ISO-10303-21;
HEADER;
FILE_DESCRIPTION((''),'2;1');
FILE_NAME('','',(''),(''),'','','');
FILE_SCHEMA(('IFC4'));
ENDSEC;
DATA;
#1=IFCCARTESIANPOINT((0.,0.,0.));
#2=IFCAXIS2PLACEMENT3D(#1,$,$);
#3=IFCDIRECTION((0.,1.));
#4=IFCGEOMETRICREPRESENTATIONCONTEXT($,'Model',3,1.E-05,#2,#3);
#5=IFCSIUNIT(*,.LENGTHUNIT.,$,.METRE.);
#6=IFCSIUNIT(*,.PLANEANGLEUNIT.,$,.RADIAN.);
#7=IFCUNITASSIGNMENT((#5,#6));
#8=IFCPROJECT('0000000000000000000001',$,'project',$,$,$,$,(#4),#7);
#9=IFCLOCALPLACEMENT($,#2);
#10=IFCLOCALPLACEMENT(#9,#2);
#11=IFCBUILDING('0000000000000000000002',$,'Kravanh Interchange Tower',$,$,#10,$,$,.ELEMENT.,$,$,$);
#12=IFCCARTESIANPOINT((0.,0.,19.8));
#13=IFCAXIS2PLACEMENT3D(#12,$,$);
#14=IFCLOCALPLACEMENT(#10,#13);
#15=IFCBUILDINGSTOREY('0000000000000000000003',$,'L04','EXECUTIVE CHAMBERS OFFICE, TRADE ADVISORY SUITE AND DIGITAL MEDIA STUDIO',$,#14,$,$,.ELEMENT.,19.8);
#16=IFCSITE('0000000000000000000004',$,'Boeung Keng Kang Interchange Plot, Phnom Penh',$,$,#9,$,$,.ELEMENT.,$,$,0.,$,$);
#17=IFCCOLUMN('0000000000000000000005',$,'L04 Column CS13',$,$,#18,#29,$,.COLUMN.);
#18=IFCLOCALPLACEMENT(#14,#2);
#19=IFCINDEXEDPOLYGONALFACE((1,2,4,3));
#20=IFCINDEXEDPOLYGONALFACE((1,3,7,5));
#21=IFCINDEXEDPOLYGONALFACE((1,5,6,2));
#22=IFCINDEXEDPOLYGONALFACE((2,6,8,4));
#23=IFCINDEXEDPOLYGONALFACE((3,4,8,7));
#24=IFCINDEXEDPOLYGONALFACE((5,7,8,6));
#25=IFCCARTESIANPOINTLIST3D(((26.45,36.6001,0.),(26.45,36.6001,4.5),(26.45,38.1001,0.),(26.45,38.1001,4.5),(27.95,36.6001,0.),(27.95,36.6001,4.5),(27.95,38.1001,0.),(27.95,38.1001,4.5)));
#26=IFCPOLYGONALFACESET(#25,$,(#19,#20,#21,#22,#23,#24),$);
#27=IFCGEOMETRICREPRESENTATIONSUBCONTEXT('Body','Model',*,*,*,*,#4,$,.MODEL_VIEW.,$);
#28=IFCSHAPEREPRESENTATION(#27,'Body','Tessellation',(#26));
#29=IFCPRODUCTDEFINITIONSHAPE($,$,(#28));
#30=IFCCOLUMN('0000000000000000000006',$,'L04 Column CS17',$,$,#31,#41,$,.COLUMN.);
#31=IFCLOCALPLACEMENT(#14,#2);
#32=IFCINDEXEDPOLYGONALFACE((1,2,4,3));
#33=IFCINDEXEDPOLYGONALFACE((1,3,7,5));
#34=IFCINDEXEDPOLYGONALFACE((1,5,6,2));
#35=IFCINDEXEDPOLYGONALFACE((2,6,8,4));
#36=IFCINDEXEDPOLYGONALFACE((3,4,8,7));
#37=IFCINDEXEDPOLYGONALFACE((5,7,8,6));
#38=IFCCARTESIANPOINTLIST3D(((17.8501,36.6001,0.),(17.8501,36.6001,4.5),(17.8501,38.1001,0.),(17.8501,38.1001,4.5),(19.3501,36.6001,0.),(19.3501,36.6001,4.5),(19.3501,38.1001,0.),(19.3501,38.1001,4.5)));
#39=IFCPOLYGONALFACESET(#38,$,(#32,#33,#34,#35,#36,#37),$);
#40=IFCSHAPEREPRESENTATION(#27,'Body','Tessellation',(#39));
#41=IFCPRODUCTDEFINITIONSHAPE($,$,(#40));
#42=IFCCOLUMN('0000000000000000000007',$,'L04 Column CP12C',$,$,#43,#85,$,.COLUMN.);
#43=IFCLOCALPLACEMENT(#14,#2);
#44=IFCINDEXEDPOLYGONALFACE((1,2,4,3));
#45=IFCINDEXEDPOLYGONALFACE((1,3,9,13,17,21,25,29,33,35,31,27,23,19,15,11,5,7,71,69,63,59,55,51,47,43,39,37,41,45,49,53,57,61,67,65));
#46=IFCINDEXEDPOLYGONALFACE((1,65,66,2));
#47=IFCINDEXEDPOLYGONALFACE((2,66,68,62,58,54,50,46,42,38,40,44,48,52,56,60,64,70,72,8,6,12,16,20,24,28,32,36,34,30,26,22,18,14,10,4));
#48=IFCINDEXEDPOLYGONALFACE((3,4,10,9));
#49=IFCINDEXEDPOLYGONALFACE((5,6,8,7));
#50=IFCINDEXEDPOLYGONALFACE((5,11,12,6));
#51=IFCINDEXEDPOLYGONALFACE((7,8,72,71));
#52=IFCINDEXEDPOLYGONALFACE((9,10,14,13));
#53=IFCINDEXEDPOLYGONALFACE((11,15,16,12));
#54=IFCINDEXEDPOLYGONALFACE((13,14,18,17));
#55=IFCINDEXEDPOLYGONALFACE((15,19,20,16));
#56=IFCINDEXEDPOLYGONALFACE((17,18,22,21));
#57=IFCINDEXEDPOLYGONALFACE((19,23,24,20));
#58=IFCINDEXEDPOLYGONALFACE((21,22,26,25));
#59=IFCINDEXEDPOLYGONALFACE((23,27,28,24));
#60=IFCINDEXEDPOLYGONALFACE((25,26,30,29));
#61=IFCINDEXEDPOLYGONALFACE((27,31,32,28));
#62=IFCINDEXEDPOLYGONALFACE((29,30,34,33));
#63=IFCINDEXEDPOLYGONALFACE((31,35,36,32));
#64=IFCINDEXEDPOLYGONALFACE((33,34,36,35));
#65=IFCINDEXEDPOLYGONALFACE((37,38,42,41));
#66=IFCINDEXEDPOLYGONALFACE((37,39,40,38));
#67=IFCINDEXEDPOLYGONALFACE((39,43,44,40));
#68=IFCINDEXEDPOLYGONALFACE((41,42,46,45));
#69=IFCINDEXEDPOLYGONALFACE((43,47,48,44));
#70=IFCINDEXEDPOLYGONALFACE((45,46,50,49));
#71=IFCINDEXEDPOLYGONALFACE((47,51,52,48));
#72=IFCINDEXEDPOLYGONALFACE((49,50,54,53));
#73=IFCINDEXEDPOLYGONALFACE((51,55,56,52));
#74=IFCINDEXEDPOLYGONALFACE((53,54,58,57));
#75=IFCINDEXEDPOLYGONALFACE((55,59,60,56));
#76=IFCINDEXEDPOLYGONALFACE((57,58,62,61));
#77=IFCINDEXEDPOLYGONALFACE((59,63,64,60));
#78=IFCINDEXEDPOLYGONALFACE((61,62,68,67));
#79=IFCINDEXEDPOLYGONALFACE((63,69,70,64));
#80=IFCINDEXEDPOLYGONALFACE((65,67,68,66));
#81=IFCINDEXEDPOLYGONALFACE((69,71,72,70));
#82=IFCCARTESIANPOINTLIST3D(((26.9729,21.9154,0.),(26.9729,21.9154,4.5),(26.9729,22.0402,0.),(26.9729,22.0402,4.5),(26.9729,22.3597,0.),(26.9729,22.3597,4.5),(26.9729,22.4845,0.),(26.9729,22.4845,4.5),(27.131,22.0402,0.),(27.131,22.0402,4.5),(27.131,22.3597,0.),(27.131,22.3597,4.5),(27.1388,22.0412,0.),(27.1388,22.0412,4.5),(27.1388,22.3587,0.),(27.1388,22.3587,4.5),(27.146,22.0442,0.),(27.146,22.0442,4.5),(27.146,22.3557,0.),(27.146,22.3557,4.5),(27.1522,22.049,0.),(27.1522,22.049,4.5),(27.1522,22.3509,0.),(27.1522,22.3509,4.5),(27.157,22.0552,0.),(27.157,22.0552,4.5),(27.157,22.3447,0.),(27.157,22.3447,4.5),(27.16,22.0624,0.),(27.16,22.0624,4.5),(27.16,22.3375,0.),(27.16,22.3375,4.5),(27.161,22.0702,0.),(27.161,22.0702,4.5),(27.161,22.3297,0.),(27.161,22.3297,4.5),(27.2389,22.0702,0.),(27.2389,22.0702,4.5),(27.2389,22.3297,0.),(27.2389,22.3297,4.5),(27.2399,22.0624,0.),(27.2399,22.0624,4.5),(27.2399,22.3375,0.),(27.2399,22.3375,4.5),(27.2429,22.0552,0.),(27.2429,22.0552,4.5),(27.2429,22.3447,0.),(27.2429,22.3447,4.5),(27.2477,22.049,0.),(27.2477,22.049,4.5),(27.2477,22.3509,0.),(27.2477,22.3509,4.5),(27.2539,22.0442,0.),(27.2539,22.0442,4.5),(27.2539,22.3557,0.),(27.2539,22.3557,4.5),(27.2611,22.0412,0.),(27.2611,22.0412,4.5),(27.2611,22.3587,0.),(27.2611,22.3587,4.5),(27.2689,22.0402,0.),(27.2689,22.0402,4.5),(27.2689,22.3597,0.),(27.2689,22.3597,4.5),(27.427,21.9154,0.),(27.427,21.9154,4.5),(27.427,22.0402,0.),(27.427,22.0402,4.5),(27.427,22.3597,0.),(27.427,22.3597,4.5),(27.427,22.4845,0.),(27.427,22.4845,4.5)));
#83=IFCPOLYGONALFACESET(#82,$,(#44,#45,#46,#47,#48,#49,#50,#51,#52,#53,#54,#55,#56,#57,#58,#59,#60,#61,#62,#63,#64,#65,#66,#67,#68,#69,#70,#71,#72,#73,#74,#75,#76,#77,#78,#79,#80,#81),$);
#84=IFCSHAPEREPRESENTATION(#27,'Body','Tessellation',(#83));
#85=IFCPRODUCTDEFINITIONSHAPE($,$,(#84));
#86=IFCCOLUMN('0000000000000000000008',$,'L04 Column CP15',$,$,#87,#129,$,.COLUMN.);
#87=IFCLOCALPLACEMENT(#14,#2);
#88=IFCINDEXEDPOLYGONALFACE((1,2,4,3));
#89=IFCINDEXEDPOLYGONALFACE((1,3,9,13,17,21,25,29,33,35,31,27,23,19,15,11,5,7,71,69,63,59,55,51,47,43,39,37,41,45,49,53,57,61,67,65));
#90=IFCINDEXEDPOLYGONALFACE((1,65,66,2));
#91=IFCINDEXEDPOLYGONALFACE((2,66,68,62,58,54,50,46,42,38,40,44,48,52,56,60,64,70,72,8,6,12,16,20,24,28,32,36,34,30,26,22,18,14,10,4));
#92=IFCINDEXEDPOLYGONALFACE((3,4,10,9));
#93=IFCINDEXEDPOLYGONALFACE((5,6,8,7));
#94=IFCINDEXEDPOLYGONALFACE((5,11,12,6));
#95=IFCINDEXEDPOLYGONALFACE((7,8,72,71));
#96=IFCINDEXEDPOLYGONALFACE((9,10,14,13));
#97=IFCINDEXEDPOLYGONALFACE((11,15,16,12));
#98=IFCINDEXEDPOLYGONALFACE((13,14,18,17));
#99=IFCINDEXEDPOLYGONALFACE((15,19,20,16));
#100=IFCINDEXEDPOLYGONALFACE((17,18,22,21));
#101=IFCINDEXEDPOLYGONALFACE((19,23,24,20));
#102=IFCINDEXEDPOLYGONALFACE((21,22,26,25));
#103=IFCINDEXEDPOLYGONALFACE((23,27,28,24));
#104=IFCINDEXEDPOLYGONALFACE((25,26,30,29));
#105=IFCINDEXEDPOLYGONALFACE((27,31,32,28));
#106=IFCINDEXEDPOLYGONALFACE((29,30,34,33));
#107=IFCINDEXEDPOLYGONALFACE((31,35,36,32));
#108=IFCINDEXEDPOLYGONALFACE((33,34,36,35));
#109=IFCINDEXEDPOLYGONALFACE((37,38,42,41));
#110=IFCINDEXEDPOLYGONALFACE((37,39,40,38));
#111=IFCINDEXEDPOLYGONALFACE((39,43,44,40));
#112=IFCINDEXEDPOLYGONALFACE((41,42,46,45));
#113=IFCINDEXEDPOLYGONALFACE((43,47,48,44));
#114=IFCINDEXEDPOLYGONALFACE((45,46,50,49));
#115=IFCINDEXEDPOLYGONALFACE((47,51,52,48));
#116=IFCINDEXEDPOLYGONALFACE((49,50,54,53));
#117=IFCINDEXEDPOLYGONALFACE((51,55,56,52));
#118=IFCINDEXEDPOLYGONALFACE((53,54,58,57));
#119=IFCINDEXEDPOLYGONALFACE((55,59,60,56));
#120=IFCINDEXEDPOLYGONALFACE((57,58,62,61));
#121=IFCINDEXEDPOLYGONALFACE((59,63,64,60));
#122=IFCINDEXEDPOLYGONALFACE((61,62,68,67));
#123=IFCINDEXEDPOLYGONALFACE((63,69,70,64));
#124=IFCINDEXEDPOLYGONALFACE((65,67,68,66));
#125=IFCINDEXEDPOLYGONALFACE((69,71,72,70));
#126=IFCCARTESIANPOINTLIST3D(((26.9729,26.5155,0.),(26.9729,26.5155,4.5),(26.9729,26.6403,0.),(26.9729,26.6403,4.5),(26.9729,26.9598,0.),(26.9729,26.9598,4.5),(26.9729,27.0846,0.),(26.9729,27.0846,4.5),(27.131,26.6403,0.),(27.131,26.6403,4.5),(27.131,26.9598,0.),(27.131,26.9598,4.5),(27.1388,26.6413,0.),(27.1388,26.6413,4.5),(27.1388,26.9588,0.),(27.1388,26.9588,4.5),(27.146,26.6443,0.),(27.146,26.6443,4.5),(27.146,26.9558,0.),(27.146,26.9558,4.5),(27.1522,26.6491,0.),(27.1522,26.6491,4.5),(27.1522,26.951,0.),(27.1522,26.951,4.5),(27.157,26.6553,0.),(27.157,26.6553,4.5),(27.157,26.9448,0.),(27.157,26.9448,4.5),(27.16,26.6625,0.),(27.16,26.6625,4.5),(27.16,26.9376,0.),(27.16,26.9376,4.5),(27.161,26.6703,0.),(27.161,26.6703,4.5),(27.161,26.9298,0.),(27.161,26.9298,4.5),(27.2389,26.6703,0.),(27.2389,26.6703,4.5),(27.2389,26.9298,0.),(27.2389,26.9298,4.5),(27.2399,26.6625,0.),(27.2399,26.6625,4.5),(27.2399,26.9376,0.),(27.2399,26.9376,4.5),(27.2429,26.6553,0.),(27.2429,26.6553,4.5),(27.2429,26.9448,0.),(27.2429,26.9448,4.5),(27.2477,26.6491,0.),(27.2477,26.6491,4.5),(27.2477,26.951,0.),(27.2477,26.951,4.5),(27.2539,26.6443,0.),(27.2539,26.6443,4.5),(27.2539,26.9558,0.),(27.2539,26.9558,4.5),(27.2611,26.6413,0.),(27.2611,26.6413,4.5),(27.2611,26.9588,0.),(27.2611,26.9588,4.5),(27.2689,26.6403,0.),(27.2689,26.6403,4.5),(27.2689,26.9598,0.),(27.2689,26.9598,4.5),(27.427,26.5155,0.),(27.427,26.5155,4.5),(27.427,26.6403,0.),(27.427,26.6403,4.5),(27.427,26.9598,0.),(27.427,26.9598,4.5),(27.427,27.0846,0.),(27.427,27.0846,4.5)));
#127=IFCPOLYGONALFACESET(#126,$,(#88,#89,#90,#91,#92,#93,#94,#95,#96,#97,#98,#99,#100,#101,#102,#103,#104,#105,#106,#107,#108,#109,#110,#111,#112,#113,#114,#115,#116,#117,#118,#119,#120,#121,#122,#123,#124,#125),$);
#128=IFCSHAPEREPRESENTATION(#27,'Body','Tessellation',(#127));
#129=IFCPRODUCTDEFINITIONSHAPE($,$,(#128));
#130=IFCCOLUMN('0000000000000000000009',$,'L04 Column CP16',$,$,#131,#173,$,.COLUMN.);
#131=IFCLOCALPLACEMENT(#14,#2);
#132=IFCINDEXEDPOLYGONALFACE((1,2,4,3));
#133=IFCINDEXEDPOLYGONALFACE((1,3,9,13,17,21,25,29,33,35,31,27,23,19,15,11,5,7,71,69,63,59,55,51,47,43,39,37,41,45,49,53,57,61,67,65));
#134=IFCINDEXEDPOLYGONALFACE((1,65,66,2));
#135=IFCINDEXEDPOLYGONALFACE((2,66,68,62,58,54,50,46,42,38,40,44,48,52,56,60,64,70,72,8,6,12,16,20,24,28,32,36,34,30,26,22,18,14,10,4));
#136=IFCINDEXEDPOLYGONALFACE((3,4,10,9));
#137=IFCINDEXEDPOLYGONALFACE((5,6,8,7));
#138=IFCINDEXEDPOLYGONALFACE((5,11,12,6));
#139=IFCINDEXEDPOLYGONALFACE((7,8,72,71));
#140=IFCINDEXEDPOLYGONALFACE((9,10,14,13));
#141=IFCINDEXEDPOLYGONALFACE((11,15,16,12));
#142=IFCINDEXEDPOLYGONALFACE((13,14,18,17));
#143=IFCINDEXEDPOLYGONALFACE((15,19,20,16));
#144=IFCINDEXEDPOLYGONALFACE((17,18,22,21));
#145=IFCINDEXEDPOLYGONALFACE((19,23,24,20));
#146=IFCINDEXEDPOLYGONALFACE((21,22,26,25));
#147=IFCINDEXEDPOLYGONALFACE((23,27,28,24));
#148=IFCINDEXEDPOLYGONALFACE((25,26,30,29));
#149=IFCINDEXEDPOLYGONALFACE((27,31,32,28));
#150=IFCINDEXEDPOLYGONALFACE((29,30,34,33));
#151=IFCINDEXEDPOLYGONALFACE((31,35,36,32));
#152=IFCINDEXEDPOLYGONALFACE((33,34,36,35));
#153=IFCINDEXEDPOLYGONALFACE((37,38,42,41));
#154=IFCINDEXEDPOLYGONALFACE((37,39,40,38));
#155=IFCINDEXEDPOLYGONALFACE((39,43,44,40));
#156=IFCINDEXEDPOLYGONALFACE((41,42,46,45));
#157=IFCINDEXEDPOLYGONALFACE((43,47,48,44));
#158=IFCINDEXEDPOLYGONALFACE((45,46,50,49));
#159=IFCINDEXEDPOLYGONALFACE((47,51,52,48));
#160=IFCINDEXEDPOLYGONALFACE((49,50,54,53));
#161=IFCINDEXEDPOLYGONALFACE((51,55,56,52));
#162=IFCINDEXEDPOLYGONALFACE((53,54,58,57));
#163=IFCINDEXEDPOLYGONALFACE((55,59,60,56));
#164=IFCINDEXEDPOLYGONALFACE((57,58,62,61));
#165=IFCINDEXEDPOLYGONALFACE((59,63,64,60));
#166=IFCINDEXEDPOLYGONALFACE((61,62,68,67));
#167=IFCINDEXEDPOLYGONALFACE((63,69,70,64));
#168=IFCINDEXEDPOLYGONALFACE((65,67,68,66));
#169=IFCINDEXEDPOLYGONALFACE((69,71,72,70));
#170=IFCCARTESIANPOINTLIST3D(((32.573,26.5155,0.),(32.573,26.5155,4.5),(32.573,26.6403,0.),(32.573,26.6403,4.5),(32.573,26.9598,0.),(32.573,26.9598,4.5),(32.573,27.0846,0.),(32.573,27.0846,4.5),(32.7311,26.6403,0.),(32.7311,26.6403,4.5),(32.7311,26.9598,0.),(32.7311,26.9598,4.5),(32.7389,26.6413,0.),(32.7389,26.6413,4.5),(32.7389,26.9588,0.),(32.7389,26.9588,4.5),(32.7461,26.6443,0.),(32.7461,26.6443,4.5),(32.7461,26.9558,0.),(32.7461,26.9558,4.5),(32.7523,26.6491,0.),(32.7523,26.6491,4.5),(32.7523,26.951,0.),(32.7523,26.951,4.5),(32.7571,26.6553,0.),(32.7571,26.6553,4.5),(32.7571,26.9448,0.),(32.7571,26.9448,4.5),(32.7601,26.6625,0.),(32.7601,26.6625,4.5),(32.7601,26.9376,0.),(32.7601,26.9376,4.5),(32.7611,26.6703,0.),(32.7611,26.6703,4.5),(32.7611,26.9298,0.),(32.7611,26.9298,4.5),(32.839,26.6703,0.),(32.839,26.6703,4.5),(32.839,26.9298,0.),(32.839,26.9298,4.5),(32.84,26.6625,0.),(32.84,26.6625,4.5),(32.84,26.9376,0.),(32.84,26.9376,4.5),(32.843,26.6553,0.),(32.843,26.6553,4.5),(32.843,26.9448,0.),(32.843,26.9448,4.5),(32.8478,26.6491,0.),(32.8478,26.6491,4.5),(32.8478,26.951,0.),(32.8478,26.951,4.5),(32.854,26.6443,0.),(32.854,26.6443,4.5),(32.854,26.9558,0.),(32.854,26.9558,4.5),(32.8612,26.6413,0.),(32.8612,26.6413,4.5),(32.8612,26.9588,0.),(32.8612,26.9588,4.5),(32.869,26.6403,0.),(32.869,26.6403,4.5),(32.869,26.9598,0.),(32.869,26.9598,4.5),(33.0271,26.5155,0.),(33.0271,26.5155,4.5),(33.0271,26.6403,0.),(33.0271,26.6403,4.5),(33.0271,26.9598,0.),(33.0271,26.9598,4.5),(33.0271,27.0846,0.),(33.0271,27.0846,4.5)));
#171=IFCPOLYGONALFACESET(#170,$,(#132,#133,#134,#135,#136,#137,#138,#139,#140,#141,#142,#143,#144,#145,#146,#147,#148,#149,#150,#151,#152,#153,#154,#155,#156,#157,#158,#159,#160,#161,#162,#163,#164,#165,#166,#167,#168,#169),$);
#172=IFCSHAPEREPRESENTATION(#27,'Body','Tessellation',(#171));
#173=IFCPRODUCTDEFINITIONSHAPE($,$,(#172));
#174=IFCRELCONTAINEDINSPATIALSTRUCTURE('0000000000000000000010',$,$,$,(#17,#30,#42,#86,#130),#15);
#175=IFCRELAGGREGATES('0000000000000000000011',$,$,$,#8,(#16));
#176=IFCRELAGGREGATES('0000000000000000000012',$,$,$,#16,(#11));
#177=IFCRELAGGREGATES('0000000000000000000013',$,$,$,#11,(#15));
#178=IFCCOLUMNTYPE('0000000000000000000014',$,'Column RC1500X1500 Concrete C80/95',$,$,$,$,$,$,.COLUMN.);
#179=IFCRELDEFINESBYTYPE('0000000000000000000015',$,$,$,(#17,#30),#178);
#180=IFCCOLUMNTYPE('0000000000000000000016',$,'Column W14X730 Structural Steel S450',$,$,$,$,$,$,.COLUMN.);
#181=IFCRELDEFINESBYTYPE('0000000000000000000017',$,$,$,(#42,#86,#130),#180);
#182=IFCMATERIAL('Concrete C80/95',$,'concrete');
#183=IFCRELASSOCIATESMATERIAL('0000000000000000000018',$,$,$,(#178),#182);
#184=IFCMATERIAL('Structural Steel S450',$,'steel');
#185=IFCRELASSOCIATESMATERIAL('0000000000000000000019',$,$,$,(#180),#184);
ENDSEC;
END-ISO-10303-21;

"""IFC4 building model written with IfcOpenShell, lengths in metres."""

from ifc_helpers import new_model, si_unit, direction, frame, origin, origin_2d, place, context, subcontext, project, spatial, rectangle, i_section, extrude, material, material_profile, profile_set, type_object, element, save


model = new_model("IFC4")

# Units and contexts
model_context = context("Model", 3, precision=1e-05, world=origin(), true_north=direction((0.0, 1.0)))
body_context = subcontext(model_context, "Body", "Model", "MODEL_VIEW")
ifc_project = project(units=[si_unit("LENGTHUNIT", "METRE"), si_unit("PLANEANGLEUNIT", "RADIAN")], contexts=[model_context])

# Site, building, storey
site_placement = place(None, origin())
site = spatial("IfcSite", under=ifc_project, at=site_placement, Name="Boeung Keng Kang Interchange Plot, Phnom Penh", CompositionType="ELEMENT", RefElevation=0.0)
building_placement = place(site_placement, origin())
building = spatial("IfcBuilding", under=site, at=building_placement, Name="Kravanh Interchange Tower", CompositionType="ELEMENT")
storey_placement = place(building_placement, frame((0.0, 0.0, 19.8)))
storey = spatial("IfcBuildingStorey", under=building, at=storey_placement, Name="L04", Description="EXECUTIVE CHAMBERS OFFICE, TRADE ADVISORY SUITE AND DIGITAL MEDIA STUDIO", CompositionType="ELEMENT", Elevation=19.8)

# Columns
ifc_material_1 = material(Name="Concrete C80/95", Category="concrete")
ifc_material_profile_1 = material_profile(ifc_material_1, rectangle(XDim=1.5, YDim=1.5, at=origin_2d()), Name="RC1500X1500")
ifc_profile_set_1 = profile_set([ifc_material_profile_1], Name="Concrete C80/95")
column_type_1 = type_object("IfcColumnType", Name="Column RC1500X1500 Concrete C80/95", PredefinedType="COLUMN", material=ifc_profile_set_1)
for number, where, z_axis, x_axis, name in (
    (1, (27.2, 37.3501, 0.0), (0.0, 0.0, 1.0), (1.0, 0.0, 0.0), "L04 Column CS13"),
    (2, (18.6001, 37.3501, 0.0), (0.0, 0.0, 1.0), (1.0, 0.0, 0.0), "L04 Column CS17"),
):
    element("IfcColumn", number, at=place(storey_placement, frame(where, z_axis=z_axis, x_axis=x_axis)), inside=storey, type_object=column_type_1, Name=name, PredefinedType="COLUMN", context=body_context, shape_type="SweptSolid", body=[
        extrude(rectangle(XDim=1.5, YDim=1.5, at=origin_2d()), origin(), (0.0, 0.0, 1.0), 4.5),
    ])
ifc_material_2 = material(Name="Structural Steel S450", Category="steel")
ifc_material_profile_2 = material_profile(ifc_material_2, i_section(OverallWidth=0.4541, OverallDepth=0.5691, WebThickness=0.0779, FlangeThickness=0.1248, FilletRadius=0.03, at=origin_2d()), Name="W14X730")
ifc_profile_set_2 = profile_set([ifc_material_profile_2], Name="Structural Steel S450")
column_type_2 = type_object("IfcColumnType", Name="Column W14X730 Structural Steel S450", PredefinedType="COLUMN", material=ifc_profile_set_2)
for number, where, z_axis, x_axis, name in (
    (3, (27.2, 22.2, 0.0), (0.0, 0.0, 1.0), (1.0, 0.0, 0.0), "L04 Column CP12C"),
    (4, (27.2, 26.8, 0.0), (0.0, 0.0, 1.0), (1.0, 0.0, 0.0), "L04 Column CP15"),
    (5, (32.8, 26.8, 0.0), (0.0, 0.0, 1.0), (1.0, 0.0, 0.0), "L04 Column CP16"),
):
    element("IfcColumn", number, at=place(storey_placement, frame(where, z_axis=z_axis, x_axis=x_axis)), inside=storey, type_object=column_type_2, Name=name, PredefinedType="COLUMN", context=body_context, shape_type="SweptSolid", body=[
        extrude(i_section(OverallWidth=0.4541, OverallDepth=0.5691, WebThickness=0.0779, FlangeThickness=0.1248, FilletRadius=0.03, at=origin_2d()), origin(), (0.0, 0.0, 1.0), 4.5),
    ])

save(model, "model.ifc")
